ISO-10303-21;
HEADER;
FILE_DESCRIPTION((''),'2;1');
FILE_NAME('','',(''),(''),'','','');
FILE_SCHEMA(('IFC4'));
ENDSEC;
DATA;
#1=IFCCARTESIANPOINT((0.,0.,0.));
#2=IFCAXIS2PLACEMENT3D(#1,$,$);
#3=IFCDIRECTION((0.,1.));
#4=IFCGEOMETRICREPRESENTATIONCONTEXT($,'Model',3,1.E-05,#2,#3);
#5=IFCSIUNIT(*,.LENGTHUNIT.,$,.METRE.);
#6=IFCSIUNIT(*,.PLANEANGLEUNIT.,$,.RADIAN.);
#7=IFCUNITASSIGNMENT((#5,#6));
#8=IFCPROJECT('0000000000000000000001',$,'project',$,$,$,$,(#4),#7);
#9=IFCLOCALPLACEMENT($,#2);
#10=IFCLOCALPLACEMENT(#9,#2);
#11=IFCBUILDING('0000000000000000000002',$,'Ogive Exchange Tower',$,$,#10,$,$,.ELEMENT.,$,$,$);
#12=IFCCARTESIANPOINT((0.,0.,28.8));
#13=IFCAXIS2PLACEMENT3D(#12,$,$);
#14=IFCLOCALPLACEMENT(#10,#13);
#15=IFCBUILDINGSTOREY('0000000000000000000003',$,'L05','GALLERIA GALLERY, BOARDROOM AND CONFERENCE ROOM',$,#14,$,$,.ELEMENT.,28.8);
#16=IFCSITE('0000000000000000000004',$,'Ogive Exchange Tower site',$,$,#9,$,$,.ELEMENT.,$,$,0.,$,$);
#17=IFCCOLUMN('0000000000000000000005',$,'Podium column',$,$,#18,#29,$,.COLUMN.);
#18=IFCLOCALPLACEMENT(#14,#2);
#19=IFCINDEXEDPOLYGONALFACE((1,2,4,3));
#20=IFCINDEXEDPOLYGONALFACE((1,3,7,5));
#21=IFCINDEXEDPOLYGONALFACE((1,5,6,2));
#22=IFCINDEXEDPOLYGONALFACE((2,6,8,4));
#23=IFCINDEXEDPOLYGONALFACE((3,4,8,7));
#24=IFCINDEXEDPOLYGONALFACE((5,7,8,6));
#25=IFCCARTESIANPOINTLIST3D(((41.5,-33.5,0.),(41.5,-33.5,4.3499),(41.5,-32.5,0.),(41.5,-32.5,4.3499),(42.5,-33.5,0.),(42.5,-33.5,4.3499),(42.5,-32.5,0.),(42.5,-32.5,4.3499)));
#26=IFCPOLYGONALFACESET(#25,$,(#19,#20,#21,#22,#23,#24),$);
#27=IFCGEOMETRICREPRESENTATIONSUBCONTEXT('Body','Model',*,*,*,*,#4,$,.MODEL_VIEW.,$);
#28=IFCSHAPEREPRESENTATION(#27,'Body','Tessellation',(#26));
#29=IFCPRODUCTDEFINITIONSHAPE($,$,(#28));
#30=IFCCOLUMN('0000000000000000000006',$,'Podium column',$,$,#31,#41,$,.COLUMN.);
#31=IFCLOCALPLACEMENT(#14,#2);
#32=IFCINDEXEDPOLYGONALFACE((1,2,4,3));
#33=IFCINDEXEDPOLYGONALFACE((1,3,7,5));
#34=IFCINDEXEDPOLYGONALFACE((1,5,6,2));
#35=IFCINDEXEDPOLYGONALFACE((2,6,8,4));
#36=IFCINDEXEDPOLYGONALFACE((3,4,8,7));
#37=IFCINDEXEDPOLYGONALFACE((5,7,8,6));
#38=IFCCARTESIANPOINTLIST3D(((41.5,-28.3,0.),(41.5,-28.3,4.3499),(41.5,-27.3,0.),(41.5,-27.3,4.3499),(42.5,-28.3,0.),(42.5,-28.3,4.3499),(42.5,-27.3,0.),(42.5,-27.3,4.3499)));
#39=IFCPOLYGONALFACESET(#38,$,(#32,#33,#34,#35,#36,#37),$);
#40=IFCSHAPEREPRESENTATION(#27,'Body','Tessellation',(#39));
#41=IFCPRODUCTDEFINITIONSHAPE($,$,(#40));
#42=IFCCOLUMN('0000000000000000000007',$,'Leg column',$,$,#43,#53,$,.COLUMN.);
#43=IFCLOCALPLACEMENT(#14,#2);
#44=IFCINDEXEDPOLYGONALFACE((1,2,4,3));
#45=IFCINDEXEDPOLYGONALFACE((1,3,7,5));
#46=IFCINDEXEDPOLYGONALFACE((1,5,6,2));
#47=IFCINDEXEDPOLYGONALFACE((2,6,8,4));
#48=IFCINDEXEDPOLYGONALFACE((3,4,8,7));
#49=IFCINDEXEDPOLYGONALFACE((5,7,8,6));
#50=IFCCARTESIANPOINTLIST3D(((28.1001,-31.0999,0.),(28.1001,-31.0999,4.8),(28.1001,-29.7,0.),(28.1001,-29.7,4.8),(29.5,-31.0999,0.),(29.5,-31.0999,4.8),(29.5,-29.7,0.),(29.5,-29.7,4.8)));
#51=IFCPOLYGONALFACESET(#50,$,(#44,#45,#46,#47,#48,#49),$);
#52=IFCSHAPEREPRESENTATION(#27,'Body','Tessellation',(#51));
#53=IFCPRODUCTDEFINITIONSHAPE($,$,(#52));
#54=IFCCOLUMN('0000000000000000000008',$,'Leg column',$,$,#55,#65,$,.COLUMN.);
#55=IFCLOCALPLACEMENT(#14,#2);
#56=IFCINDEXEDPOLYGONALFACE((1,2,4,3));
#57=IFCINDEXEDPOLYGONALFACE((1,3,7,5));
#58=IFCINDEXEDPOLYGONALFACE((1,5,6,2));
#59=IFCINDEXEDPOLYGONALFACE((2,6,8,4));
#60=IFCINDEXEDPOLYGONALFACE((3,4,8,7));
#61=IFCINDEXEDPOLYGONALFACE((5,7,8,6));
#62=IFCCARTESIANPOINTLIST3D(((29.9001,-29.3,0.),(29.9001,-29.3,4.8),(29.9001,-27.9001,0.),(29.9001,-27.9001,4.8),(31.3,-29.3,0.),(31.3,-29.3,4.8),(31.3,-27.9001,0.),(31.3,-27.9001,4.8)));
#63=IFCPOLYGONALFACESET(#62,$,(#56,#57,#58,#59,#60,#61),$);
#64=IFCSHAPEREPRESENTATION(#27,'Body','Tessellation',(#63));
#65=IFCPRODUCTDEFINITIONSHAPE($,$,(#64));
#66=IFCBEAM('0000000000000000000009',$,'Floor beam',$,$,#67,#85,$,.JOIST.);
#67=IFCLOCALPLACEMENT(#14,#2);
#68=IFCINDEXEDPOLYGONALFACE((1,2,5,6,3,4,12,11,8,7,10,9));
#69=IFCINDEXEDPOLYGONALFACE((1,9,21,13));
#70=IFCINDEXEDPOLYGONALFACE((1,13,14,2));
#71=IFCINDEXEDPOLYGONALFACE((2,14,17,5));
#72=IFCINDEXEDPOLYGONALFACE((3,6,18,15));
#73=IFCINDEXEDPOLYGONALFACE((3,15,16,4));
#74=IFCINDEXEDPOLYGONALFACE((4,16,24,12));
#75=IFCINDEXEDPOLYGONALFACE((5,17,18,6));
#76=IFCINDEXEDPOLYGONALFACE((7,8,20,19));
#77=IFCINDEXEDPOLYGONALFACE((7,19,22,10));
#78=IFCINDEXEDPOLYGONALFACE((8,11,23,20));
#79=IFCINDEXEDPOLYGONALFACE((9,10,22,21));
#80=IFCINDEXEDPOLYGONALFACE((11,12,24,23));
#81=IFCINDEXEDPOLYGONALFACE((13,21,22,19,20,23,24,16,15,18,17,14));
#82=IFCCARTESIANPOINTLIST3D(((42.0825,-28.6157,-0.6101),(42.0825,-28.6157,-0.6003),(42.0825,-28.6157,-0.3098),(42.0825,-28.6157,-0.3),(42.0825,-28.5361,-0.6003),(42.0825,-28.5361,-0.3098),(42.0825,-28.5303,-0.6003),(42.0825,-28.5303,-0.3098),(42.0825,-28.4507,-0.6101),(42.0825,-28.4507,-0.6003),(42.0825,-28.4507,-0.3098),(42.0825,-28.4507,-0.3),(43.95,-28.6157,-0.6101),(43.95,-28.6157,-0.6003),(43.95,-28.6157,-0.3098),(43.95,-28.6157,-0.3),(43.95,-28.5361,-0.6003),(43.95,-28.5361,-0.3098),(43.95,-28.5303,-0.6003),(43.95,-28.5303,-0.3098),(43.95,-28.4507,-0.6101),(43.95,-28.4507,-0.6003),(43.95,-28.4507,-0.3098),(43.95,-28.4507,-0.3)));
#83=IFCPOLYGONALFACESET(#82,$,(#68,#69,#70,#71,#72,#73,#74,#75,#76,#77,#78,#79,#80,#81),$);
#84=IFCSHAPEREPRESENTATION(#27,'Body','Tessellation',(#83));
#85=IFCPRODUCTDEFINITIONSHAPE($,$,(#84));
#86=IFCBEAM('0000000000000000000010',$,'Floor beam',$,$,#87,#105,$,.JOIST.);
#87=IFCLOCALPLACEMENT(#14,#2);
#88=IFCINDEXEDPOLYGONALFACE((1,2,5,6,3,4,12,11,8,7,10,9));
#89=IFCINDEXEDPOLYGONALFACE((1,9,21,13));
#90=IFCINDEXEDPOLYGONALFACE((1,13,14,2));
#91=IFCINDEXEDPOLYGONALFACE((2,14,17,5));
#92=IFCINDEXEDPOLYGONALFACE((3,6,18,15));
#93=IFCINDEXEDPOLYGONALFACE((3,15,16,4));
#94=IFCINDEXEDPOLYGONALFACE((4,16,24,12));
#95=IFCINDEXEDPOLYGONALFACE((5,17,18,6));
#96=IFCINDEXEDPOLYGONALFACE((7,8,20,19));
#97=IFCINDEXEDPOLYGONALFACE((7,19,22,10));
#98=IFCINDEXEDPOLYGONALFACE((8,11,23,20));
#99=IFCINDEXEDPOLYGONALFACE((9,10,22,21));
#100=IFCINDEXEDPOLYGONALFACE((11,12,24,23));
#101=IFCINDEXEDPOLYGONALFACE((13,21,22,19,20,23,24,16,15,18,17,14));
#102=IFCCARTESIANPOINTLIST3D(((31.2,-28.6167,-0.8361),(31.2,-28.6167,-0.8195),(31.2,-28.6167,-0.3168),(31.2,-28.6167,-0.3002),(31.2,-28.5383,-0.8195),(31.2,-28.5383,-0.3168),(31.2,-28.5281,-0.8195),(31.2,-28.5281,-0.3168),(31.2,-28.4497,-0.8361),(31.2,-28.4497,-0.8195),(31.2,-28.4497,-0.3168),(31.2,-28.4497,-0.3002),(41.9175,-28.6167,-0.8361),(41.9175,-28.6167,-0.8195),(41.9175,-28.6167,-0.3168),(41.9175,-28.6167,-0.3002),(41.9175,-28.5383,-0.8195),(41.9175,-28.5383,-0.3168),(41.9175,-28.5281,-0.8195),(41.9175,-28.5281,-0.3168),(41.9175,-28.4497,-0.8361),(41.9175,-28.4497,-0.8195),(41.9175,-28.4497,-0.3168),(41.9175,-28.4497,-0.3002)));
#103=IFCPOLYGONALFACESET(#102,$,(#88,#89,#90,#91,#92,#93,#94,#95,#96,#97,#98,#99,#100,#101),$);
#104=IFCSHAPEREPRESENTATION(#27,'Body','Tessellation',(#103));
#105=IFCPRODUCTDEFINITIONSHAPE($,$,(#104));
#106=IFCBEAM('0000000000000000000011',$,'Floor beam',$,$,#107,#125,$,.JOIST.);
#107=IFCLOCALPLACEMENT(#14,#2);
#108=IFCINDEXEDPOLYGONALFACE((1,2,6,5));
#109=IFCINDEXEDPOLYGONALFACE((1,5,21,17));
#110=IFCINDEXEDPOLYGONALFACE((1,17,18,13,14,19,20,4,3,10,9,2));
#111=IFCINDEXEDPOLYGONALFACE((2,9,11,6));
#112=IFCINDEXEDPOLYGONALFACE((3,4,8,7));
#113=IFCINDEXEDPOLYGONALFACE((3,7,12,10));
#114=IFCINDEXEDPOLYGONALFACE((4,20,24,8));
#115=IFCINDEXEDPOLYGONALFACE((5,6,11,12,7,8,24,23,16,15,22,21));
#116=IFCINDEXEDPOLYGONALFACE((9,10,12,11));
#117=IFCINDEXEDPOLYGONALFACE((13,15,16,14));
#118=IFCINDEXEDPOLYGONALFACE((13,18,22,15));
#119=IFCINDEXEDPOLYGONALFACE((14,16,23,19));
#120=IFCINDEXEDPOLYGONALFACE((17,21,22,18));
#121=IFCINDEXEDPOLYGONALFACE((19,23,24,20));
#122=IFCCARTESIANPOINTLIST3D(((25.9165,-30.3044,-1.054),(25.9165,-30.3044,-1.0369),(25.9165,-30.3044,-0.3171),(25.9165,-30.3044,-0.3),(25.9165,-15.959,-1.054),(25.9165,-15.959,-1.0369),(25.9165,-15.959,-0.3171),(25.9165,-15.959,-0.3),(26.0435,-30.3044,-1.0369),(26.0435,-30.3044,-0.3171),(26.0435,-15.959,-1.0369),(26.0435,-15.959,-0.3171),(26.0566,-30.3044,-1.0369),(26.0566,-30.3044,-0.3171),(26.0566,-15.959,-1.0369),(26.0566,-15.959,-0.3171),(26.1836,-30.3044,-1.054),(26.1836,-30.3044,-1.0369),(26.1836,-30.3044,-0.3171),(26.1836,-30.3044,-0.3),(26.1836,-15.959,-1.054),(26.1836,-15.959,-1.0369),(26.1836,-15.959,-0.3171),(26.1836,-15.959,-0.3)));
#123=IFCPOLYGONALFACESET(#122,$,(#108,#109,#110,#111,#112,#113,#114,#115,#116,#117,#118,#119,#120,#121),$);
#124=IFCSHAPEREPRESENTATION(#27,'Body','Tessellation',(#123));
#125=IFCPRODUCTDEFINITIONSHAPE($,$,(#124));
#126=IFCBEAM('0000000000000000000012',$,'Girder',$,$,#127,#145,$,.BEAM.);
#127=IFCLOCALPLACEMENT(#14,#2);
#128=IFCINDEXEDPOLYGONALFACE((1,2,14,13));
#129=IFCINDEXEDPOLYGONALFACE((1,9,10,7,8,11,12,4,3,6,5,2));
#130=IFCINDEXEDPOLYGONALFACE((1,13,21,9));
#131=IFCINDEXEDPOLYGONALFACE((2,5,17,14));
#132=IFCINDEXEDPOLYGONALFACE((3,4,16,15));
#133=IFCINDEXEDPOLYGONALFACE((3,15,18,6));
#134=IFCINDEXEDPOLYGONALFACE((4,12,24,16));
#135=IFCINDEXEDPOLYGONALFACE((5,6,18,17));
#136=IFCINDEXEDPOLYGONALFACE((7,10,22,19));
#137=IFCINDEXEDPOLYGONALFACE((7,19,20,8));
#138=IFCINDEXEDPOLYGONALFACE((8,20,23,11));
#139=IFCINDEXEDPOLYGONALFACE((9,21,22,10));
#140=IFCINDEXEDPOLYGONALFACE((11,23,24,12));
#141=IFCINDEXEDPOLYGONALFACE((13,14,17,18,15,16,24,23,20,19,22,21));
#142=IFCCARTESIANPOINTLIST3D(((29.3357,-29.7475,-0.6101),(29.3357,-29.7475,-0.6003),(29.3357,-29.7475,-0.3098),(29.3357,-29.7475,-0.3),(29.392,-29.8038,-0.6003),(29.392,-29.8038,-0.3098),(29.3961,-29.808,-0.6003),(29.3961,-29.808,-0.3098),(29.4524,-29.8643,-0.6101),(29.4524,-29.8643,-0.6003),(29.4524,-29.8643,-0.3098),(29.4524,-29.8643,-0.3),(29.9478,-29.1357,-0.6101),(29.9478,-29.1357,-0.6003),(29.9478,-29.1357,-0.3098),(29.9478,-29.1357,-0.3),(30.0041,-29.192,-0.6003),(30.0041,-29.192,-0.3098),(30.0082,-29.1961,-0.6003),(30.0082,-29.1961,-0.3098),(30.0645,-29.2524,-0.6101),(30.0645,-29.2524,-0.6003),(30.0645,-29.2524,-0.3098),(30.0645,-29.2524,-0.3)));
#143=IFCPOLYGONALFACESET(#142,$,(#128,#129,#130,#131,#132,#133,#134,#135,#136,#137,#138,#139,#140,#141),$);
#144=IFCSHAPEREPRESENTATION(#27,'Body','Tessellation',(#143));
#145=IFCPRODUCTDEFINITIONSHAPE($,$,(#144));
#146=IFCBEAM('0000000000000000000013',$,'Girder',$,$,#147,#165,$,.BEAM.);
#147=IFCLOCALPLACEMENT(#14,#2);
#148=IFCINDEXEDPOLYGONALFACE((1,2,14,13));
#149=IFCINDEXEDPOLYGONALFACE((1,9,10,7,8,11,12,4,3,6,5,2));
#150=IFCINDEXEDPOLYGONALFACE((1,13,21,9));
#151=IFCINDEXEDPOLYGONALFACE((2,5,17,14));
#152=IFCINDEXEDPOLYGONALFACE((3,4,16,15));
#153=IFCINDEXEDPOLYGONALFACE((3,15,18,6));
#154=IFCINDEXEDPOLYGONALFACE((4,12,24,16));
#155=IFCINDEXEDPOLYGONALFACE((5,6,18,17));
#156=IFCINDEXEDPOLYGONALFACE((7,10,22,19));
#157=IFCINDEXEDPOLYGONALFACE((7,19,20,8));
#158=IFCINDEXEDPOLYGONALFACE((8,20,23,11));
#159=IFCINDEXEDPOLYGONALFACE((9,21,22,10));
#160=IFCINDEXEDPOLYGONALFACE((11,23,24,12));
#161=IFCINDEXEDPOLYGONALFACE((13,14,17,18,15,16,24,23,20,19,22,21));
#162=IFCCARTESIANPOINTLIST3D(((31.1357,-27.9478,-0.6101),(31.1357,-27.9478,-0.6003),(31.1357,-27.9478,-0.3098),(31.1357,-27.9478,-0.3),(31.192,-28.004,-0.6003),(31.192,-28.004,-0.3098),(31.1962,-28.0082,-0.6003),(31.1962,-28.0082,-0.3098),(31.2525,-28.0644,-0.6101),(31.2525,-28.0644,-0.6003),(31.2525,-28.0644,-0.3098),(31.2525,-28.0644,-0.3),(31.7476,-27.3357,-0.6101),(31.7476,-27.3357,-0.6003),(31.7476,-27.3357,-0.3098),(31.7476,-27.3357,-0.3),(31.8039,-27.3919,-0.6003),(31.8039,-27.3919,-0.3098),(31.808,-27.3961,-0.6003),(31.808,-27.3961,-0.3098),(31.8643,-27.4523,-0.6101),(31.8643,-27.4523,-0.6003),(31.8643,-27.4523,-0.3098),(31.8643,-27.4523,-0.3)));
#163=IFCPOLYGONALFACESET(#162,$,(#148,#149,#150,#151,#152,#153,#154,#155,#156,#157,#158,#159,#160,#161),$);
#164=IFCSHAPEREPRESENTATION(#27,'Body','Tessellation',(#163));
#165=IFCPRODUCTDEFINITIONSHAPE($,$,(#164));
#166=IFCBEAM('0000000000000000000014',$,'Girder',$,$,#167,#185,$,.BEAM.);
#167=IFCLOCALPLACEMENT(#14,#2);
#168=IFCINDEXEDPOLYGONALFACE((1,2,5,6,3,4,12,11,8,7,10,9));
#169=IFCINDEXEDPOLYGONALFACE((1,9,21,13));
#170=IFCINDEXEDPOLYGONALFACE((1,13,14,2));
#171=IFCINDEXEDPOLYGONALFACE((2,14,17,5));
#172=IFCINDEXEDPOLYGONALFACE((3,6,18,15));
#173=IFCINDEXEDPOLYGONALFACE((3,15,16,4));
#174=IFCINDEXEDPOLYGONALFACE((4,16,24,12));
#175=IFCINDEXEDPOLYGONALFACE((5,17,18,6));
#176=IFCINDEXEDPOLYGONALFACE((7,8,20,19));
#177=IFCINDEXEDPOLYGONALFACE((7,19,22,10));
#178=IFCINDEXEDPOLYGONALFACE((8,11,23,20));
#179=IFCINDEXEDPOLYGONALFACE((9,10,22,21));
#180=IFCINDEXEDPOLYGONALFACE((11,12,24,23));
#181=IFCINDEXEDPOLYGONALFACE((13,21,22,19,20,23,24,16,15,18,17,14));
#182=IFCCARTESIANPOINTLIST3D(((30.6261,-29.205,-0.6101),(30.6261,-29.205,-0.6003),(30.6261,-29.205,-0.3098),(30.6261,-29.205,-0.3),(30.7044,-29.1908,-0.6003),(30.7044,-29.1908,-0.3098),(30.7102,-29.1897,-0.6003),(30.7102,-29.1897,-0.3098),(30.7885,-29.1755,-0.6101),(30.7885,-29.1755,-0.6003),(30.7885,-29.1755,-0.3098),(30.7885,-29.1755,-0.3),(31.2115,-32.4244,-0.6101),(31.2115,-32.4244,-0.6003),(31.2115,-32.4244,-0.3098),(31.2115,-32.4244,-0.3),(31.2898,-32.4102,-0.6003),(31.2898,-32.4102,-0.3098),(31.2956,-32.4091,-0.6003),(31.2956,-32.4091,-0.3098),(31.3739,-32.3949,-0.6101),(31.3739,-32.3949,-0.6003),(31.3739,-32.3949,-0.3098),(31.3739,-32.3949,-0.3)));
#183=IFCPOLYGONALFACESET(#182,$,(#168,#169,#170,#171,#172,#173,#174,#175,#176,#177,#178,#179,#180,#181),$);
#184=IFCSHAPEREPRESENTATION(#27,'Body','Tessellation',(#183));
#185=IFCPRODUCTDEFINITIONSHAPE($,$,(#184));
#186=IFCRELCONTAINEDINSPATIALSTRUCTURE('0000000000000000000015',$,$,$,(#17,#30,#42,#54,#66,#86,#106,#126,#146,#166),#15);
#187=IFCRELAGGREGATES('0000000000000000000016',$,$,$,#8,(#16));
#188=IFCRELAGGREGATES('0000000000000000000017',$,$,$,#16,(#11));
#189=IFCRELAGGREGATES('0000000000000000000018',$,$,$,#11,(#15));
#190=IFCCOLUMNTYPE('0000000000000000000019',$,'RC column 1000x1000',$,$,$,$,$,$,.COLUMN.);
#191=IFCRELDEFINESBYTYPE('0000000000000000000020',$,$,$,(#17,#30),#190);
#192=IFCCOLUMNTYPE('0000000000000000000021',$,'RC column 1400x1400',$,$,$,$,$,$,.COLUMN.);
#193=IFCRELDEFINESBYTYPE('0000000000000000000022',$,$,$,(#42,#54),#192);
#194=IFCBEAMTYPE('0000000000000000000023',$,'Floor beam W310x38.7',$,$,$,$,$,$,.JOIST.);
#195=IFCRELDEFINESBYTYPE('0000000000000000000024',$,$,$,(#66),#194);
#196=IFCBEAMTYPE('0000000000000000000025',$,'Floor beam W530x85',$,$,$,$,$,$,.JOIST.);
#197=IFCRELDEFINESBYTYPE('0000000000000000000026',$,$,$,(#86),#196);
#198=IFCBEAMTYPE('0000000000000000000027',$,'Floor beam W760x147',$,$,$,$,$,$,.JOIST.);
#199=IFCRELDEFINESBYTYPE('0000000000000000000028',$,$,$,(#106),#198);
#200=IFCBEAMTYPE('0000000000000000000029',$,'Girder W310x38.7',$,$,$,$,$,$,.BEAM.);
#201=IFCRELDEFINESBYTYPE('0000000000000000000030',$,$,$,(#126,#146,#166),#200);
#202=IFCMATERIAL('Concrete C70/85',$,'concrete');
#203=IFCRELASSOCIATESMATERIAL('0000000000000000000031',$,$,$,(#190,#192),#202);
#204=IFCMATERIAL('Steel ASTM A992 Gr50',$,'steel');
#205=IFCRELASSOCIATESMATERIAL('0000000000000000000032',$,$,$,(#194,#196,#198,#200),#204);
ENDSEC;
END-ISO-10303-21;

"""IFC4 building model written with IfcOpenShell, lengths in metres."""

from ifc_helpers import new_model, si_unit, direction, frame, origin, origin_2d, place, context, subcontext, project, spatial, rectangle, i_section, extrude, material, material_profile, profile_set, type_object, element, save


model = new_model("IFC4")

# Units and contexts
model_context = context("Model", 3, precision=1e-05, world=origin(), true_north=direction((0.0, 1.0)))
body_context = subcontext(model_context, "Body", "Model", "MODEL_VIEW")
ifc_project = project(units=[si_unit("LENGTHUNIT", "METRE"), si_unit("PLANEANGLEUNIT", "RADIAN")], contexts=[model_context])

# Site, building, storey
site_placement = place(None, origin())
site = spatial("IfcSite", under=ifc_project, at=site_placement, Name="Ogive Exchange Tower site", CompositionType="ELEMENT", RefElevation=0.0)
building_placement = place(site_placement, origin())
building = spatial("IfcBuilding", under=site, at=building_placement, Name="Ogive Exchange Tower", CompositionType="ELEMENT")
storey_placement = place(building_placement, frame((0.0, 0.0, 28.8)))
storey = spatial("IfcBuildingStorey", under=building, at=storey_placement, Name="L05", Description="GALLERIA GALLERY, BOARDROOM AND CONFERENCE ROOM", CompositionType="ELEMENT", Elevation=28.8)

# Columns
ifc_material_1 = material(Name="Concrete C70/85", Category="concrete")
ifc_material_profile_1 = material_profile(ifc_material_1, rectangle(XDim=1.0, YDim=1.0, at=origin_2d()), Name="RC 1000x1000")
ifc_profile_set_1 = profile_set([ifc_material_profile_1], Name="Concrete C70/85")
column_type_1 = type_object("IfcColumnType", Name="RC column 1000x1000", PredefinedType="COLUMN", material=ifc_profile_set_1)
for number, where, z_axis, x_axis, name in (
    (1, (42.0, -33.0, 0.0), (0.0, 0.0, 1.0), (1.0, 0.0, 0.0), "Podium column"),
    (2, (42.0, -27.8, 0.0), (0.0, 0.0, 1.0), (1.0, 0.0, 0.0), "Podium column"),
):
    element("IfcColumn", number, at=place(storey_placement, frame(where, z_axis=z_axis, x_axis=x_axis)), inside=storey, type_object=column_type_1, Name=name, PredefinedType="COLUMN", context=body_context, shape_type="SweptSolid", body=[
        extrude(rectangle(XDim=1.0, YDim=1.0, at=origin_2d()), origin(), (0.0, 0.0, 1.0), 4.3499),
    ])
ifc_material_profile_2 = material_profile(ifc_material_1, rectangle(XDim=1.3999, YDim=1.3999, at=origin_2d()), Name="RC 1400x1400")
ifc_profile_set_2 = profile_set([ifc_material_profile_2], Name="Concrete C70/85")
column_type_2 = type_object("IfcColumnType", Name="RC column 1400x1400", PredefinedType="COLUMN", material=ifc_profile_set_2)
for number, where, z_axis, x_axis, name in (
    (3, (28.8, -30.3999, 0.0), (0.0, 0.0, 1.0), (1.0, 0.0, 0.0), "Leg column"),
    (4, (30.6001, -28.6001, 0.0), (0.0, 0.0, 1.0), (1.0, 0.0, 0.0), "Leg column"),
):
    element("IfcColumn", number, at=place(storey_placement, frame(where, z_axis=z_axis, x_axis=x_axis)), inside=storey, type_object=column_type_2, Name=name, PredefinedType="COLUMN", context=body_context, shape_type="SweptSolid", body=[
        extrude(rectangle(XDim=1.3999, YDim=1.3999, at=origin_2d()), origin(), (0.0, 0.0, 1.0), 4.8),
    ])

# Beams
ifc_material_2 = material(Name="Steel ASTM A992 Gr50", Category="steel")
ifc_material_profile_3 = material_profile(ifc_material_2, i_section(OverallWidth=0.165, OverallDepth=0.3101, WebThickness=0.0059, FlangeThickness=0.0098, at=origin_2d()), Name="W310x38.7")
ifc_profile_set_3 = profile_set([ifc_material_profile_3], Name="Steel ASTM A992 Gr50")
beam_type_1 = type_object("IfcBeamType", Name="Floor beam W310x38.7", PredefinedType="JOIST", material=ifc_profile_set_3)
beam_1_placement = place(storey_placement, frame((42.0825, -28.5332, -0.4551), z_axis=(1.0, 0.0, 0.0), x_axis=(0.0, 1.0, 0.0)))
element("IfcBeam", 5, at=beam_1_placement, inside=storey, type_object=beam_type_1, Name="Floor beam", PredefinedType="JOIST", context=body_context, shape_type="SweptSolid", body=[
    extrude(i_section(OverallWidth=0.165, OverallDepth=0.3101, WebThickness=0.0059, FlangeThickness=0.0098, at=origin_2d()), origin(), (0.0, 0.0, 1.0), 1.8674),
])
ifc_material_profile_4 = material_profile(ifc_material_2, i_section(OverallWidth=0.167, OverallDepth=0.5359, WebThickness=0.0103, FlangeThickness=0.0166, at=origin_2d()), Name="W530x85")
ifc_profile_set_4 = profile_set([ifc_material_profile_4], Name="Steel ASTM A992 Gr50")
beam_type_2 = type_object("IfcBeamType", Name="Floor beam W530x85", PredefinedType="JOIST", material=ifc_profile_set_4)
beam_2_placement = place(storey_placement, frame((31.2, -28.5332, -0.5681), z_axis=(1.0, 0.0, 0.0), x_axis=(0.0, 1.0, 0.0)))
element("IfcBeam", 6, at=beam_2_placement, inside=storey, type_object=beam_type_2, Name="Floor beam", PredefinedType="JOIST", context=body_context, shape_type="SweptSolid", body=[
    extrude(i_section(OverallWidth=0.167, OverallDepth=0.5359, WebThickness=0.0103, FlangeThickness=0.0166, at=origin_2d()), origin(), (0.0, 0.0, 1.0), 10.7175),
])
ifc_material_profile_5 = material_profile(ifc_material_2, i_section(OverallWidth=0.2671, OverallDepth=0.7539, WebThickness=0.0132, FlangeThickness=0.0171, at=origin_2d()), Name="W760x147")
ifc_profile_set_5 = profile_set([ifc_material_profile_5], Name="Steel ASTM A992 Gr50")
beam_type_3 = type_object("IfcBeamType", Name="Floor beam W760x147", PredefinedType="JOIST", material=ifc_profile_set_5)
beam_3_placement = place(storey_placement, frame((26.05, -30.3044, -0.677), z_axis=(0.0, 1.0, 0.0), x_axis=(-1.0, 0.0, 0.0)))
element("IfcBeam", 7, at=beam_3_placement, inside=storey, type_object=beam_type_3, Name="Floor beam", PredefinedType="JOIST", context=body_context, shape_type="SweptSolid", body=[
    extrude(i_section(OverallWidth=0.2671, OverallDepth=0.7539, WebThickness=0.0132, FlangeThickness=0.0171, at=origin_2d()), origin(), (0.0, 0.0, 1.0), 14.3455),
])
ifc_material_profile_6 = material_profile(ifc_material_2, i_section(OverallWidth=0.165, OverallDepth=0.3101, WebThickness=0.0059, FlangeThickness=0.0098, at=origin_2d()), Name="W310x38.7")
ifc_profile_set_6 = profile_set([ifc_material_profile_6], Name="Steel ASTM A992 Gr50")
beam_type_4 = type_object("IfcBeamType", Name="Girder W310x38.7", PredefinedType="BEAM", material=ifc_profile_set_6)
for number, where, z_axis, x_axis, name in (
    (8, (29.394, -29.8059, -0.4551), (0.707248, 0.706966, 0.0), (-0.706966, 0.707248, 0.0), "Girder"),
    (9, (31.1941, -28.0061, -0.4551), (0.706966, 0.707248, 0.0), (-0.707248, 0.706966, 0.0), "Girder"),
):
    element("IfcBeam", number, at=place(storey_placement, frame(where, z_axis=z_axis, x_axis=x_axis)), inside=storey, type_object=beam_type_4, Name=name, PredefinedType="BEAM", context=body_context, shape_type="SweptSolid", body=[
        extrude(i_section(OverallWidth=0.165, OverallDepth=0.3101, WebThickness=0.0059, FlangeThickness=0.0098, at=origin_2d()), origin(), (0.0, 0.0, 1.0), 0.8655),
    ])
beam_4_placement = place(storey_placement, frame((31.2927, -32.4097, -0.4551), z_axis=(-0.178912, 0.983865, 0.0), x_axis=(-0.983865, -0.178912, 0.0)))
element("IfcBeam", 10, at=beam_4_placement, inside=storey, type_object=beam_type_4, Name="Girder", PredefinedType="BEAM", context=body_context, shape_type="SweptSolid", body=[
    extrude(i_section(OverallWidth=0.165, OverallDepth=0.3101, WebThickness=0.0059, FlangeThickness=0.0098, at=origin_2d()), origin(), (0.0, 0.0, 1.0), 3.2722),
])

save(model, "model.ifc")
